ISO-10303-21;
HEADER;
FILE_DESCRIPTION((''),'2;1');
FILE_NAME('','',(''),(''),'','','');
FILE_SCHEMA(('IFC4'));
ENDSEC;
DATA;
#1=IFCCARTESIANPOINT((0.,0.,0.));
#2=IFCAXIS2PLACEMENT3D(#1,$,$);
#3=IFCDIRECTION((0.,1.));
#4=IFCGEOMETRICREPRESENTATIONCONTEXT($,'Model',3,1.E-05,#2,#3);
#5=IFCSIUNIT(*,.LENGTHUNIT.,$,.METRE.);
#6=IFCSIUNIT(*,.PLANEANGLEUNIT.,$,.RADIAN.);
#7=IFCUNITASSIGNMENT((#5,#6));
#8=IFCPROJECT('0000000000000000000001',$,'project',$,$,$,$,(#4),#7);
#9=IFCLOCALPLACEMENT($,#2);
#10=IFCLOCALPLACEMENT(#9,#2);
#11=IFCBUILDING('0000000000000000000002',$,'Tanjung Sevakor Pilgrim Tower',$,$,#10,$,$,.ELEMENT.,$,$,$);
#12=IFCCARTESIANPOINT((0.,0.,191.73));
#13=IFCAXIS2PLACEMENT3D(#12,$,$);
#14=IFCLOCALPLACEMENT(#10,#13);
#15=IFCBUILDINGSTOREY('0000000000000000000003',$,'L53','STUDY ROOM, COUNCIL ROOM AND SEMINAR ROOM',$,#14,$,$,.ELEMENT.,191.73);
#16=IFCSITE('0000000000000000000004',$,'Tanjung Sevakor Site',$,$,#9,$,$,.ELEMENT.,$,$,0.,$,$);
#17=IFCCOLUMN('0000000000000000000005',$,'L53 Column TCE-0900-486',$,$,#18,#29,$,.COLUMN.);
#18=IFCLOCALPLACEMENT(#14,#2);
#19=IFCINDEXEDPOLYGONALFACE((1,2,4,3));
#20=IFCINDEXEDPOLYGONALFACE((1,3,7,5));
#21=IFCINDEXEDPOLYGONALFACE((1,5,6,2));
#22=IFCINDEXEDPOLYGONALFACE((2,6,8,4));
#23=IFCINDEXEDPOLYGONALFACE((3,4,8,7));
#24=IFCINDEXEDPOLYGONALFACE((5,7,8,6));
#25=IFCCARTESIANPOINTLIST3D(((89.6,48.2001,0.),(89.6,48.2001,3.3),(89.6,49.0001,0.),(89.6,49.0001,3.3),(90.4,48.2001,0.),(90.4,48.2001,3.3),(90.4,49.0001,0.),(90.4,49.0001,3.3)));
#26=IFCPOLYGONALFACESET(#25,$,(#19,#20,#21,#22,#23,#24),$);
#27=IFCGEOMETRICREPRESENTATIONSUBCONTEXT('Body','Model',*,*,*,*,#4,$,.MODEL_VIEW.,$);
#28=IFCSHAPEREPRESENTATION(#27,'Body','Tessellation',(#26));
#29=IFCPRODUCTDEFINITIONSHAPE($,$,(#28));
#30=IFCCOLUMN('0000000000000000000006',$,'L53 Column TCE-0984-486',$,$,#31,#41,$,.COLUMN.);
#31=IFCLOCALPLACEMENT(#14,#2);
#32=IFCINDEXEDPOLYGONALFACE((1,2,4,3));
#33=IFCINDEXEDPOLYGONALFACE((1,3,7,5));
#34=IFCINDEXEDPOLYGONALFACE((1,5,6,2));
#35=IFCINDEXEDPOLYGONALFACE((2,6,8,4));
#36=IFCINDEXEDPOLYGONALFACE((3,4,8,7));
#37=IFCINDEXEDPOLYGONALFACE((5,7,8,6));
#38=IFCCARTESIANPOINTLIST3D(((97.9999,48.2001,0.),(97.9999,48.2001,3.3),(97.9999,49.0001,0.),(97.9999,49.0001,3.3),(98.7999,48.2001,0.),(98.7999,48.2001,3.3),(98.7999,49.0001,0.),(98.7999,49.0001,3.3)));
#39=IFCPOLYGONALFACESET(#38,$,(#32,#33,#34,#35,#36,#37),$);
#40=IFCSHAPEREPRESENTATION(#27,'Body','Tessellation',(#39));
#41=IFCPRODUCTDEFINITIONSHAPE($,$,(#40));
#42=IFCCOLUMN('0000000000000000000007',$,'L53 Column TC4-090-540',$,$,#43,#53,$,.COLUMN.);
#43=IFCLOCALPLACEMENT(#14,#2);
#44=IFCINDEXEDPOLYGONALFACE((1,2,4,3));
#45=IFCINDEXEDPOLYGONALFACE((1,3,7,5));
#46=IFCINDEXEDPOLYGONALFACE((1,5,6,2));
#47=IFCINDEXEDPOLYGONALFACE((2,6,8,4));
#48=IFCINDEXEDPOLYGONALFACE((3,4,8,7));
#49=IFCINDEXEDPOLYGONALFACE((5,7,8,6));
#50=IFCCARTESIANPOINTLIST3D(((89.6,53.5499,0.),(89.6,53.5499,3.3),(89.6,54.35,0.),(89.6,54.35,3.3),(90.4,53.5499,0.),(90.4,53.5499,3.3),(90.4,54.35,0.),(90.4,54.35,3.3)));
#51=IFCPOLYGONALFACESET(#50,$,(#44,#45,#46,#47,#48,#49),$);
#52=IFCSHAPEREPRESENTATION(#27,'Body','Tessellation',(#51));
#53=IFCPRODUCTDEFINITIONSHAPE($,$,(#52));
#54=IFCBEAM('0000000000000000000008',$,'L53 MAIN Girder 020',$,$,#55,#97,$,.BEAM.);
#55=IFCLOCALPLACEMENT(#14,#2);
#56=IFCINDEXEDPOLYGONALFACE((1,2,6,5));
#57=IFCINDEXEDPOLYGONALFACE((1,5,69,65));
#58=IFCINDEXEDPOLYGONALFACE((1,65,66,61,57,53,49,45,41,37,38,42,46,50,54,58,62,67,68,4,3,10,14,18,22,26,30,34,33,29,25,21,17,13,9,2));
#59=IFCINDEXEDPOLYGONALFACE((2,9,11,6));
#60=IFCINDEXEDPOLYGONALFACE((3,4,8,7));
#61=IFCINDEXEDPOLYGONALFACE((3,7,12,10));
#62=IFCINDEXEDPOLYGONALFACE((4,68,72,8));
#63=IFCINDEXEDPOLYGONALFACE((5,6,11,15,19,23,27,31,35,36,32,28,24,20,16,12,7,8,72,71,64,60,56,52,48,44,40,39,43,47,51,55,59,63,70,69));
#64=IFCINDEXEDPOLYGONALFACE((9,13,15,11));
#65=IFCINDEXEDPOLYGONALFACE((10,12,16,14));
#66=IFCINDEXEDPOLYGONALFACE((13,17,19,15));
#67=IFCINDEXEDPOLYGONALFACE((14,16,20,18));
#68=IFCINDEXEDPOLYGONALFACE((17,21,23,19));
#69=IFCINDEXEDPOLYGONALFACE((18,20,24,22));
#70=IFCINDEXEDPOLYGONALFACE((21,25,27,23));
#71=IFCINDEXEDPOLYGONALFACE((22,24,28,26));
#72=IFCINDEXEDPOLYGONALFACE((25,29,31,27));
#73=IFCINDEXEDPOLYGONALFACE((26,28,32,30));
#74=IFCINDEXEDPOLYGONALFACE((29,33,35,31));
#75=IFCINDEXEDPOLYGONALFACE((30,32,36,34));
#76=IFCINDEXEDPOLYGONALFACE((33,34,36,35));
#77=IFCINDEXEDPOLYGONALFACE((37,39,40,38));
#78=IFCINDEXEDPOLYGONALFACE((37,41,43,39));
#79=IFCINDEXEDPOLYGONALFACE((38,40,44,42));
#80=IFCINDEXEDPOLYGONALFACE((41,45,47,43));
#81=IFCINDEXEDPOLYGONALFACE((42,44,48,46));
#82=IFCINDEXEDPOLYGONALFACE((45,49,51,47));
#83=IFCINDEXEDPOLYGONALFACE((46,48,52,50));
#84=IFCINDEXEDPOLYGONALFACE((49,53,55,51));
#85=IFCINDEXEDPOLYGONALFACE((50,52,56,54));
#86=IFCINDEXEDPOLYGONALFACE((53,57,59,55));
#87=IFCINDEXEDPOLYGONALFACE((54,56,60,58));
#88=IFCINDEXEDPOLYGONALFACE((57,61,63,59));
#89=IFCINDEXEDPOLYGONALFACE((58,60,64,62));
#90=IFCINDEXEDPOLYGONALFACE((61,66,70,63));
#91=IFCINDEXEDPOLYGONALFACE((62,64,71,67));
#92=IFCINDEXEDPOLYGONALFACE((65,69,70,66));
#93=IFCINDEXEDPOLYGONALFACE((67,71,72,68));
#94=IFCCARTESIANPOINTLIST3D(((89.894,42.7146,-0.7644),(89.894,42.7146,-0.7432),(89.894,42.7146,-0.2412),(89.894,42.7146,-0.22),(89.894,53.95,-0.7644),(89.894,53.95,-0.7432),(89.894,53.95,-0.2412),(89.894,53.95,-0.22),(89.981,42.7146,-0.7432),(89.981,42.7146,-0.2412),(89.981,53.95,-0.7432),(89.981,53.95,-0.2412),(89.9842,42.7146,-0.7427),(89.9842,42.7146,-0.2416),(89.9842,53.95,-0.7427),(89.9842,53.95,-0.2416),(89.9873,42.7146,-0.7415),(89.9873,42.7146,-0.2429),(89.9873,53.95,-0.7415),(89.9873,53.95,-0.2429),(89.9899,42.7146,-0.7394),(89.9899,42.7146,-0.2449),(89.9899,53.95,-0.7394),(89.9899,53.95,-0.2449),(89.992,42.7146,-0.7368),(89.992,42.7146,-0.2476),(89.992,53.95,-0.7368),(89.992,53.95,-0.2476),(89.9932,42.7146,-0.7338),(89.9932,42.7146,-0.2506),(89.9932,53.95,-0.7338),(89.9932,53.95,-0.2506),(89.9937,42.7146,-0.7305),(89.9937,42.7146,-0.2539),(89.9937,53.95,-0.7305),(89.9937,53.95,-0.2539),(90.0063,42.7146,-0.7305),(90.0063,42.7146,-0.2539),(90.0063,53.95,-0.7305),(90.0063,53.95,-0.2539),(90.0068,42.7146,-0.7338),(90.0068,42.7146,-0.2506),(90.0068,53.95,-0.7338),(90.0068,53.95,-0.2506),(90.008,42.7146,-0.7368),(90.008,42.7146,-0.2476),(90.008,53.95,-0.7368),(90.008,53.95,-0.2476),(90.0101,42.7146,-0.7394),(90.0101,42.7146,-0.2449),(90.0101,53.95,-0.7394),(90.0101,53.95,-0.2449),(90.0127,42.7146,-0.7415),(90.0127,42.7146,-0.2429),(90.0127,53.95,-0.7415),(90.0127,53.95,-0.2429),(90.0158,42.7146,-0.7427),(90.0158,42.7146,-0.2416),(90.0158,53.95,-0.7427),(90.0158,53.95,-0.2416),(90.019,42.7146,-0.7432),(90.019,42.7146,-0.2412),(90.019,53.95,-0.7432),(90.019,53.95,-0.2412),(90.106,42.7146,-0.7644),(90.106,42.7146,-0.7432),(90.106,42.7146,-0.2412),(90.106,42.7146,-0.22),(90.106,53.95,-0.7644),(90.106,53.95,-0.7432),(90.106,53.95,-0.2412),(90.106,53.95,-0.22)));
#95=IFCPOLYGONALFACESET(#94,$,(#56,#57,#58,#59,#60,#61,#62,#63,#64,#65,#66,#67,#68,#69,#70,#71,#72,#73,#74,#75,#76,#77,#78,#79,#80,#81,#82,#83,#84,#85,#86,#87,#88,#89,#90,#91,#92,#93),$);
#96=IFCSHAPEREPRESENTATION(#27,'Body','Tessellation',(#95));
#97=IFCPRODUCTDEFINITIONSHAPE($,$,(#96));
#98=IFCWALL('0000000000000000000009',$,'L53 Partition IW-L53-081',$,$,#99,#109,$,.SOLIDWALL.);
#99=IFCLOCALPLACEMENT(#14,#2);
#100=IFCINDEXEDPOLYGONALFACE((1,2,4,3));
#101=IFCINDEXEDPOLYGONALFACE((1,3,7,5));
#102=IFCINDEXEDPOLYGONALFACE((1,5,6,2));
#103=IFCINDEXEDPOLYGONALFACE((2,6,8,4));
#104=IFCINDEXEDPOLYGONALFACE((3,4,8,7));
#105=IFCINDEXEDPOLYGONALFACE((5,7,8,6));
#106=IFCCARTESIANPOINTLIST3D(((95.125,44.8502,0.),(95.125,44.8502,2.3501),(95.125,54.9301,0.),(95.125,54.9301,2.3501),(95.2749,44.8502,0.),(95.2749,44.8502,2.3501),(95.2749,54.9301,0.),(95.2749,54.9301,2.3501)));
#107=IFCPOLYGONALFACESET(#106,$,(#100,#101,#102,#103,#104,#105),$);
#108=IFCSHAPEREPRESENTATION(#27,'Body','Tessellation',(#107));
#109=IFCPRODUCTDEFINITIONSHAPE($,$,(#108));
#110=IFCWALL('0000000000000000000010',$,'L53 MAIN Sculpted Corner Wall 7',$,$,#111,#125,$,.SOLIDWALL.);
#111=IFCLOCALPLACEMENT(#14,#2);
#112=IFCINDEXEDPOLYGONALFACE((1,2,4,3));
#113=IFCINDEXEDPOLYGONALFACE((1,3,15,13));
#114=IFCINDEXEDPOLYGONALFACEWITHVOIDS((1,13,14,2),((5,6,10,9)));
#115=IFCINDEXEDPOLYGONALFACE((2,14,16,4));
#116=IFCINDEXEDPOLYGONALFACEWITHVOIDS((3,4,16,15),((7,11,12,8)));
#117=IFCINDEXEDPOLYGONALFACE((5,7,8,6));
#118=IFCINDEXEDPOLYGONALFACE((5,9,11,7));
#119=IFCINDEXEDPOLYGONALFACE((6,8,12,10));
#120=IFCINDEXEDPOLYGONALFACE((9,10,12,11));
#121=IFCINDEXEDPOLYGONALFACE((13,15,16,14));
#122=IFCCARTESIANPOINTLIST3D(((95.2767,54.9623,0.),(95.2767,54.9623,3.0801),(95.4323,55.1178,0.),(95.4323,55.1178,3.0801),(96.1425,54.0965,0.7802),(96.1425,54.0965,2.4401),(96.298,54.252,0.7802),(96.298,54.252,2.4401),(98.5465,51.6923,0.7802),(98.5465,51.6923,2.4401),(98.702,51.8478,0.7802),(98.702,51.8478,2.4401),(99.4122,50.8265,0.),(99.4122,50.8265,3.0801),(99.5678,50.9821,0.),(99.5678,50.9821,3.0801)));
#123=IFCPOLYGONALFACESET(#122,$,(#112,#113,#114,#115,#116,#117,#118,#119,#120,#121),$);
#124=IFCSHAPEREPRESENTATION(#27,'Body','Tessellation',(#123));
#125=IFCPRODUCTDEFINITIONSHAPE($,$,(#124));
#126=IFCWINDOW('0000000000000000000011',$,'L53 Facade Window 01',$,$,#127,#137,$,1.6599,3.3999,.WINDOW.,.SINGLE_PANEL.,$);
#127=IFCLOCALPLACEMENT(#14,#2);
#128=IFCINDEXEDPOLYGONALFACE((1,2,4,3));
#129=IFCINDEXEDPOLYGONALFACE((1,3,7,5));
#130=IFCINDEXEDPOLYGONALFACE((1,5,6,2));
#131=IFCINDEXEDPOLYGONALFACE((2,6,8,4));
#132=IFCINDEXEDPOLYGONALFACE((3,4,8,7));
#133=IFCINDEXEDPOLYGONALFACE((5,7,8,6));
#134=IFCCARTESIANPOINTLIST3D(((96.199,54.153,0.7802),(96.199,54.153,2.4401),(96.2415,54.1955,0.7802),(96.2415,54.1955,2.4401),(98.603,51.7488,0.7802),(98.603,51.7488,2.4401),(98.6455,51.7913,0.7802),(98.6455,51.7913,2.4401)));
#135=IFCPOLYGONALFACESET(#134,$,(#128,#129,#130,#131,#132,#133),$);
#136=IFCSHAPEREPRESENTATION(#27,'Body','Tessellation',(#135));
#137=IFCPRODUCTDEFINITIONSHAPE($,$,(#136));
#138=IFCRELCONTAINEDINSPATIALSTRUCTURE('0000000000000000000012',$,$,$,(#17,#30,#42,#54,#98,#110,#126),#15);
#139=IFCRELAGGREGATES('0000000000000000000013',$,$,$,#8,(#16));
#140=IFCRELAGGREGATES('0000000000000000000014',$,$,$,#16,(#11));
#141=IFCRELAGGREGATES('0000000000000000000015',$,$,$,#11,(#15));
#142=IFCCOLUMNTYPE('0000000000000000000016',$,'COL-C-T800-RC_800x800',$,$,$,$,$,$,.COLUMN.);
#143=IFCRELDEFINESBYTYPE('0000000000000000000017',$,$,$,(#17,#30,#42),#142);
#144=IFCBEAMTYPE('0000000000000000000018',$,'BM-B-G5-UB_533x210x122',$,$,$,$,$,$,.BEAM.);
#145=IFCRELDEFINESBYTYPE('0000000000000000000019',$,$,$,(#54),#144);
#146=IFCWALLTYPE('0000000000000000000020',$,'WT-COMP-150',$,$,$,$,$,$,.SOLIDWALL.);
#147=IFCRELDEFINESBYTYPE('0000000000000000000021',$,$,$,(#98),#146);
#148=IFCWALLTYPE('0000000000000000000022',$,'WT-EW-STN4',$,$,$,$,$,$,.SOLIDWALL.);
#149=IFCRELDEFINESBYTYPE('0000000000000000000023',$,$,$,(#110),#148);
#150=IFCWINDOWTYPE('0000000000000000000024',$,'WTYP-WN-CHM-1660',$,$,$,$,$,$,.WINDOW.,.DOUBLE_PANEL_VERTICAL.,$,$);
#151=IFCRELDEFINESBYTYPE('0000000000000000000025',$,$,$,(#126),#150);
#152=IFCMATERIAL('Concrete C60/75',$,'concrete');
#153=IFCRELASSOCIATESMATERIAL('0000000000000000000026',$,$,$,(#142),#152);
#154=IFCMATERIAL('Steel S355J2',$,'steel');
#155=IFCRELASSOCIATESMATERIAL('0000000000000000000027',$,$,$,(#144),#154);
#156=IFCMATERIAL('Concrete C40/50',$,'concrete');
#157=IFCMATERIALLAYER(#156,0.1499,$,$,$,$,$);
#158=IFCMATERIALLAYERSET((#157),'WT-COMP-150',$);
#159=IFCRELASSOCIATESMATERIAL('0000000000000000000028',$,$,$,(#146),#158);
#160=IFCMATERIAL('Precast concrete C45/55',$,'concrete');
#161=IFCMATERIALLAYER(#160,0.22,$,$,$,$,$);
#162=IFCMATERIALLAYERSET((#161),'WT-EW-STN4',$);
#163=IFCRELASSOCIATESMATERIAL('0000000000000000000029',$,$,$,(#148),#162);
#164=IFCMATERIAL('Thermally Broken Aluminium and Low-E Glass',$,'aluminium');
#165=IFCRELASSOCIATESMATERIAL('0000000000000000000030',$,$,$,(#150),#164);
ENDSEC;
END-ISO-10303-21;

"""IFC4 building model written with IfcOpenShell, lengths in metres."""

from ifc_helpers import new_model, si_unit, direction, frame, frame_2d, origin, origin_2d, place, context, subcontext, project, spatial, rectangle, i_section, extrude, material, layer, layer_set, material_profile, profile_set, type_object, element, fill, save


model = new_model("IFC4")

# Units and contexts
model_context = context("Model", 3, precision=1e-05, world=origin(), true_north=direction((0.0, 1.0)))
body_context = subcontext(model_context, "Body", "Model", "MODEL_VIEW")
ifc_project = project(units=[si_unit("LENGTHUNIT", "METRE"), si_unit("PLANEANGLEUNIT", "RADIAN")], contexts=[model_context])

# Site, building, storey
site_placement = place(None, origin())
site = spatial("IfcSite", under=ifc_project, at=site_placement, Name="Tanjung Sevakor Site", CompositionType="ELEMENT", RefElevation=0.0)
building_placement = place(site_placement, origin())
building = spatial("IfcBuilding", under=site, at=building_placement, Name="Tanjung Sevakor Pilgrim Tower", CompositionType="ELEMENT")
storey_placement = place(building_placement, frame((0.0, 0.0, 191.73)))
storey = spatial("IfcBuildingStorey", under=building, at=storey_placement, Name="L53", Description="STUDY ROOM, COUNCIL ROOM AND SEMINAR ROOM", CompositionType="ELEMENT", Elevation=191.73)

# Columns
ifc_material_1 = material(Name="Concrete C60/75", Category="concrete")
ifc_material_profile_1 = material_profile(ifc_material_1, rectangle(XDim=0.8, YDim=0.8, at=origin_2d()))
ifc_profile_set_1 = profile_set([ifc_material_profile_1], Name="Concrete C60/75")
column_type = type_object("IfcColumnType", Name="COL-C-T800-RC_800x800", PredefinedType="COLUMN", material=ifc_profile_set_1)
for number, where, z_axis, x_axis, name in (
    (1, (90.0, 48.6001, 0.0), (0.0, 0.0, 1.0), (1.0, 0.0, 0.0), "L53 Column TCE-0900-486"),
    (2, (98.3999, 48.6001, 0.0), (0.0, 0.0, 1.0), (1.0, 0.0, 0.0), "L53 Column TCE-0984-486"),
    (3, (90.0, 53.95, 0.0), (0.0, 0.0, 1.0), (1.0, 0.0, 0.0), "L53 Column TC4-090-540"),
):
    element("IfcColumn", number, at=place(storey_placement, frame(where, z_axis=z_axis, x_axis=x_axis)), inside=storey, type_object=column_type, Name=name, PredefinedType="COLUMN", context=body_context, shape_type="SweptSolid", body=[
        extrude(rectangle(XDim=0.8, YDim=0.8, at=origin_2d()), origin(), (0.0, 0.0, 1.0), 3.3),
    ])

# Beam
ifc_material_2 = material(Name="Steel S355J2", Category="steel")
ifc_material_profile_2 = material_profile(ifc_material_2, i_section(OverallWidth=0.2119, OverallDepth=0.5444, WebThickness=0.0127, FlangeThickness=0.0212, FilletRadius=0.0127, at=origin_2d()))
ifc_profile_set_2 = profile_set([ifc_material_profile_2], Name="Steel S355J2")
beam_type = type_object("IfcBeamType", Name="BM-B-G5-UB_533x210x122", PredefinedType="BEAM", material=ifc_profile_set_2)
beam_placement = place(storey_placement, frame((90.0, 42.7146, -0.4922), z_axis=(0.0, 1.0, 0.0), x_axis=(-1.0, 0.0, 0.0)))
element("IfcBeam", 4, at=beam_placement, inside=storey, type_object=beam_type, Name="L53 MAIN Girder 020", PredefinedType="BEAM", context=body_context, shape_type="SweptSolid", body=[
    extrude(i_section(OverallWidth=0.2119, OverallDepth=0.5444, WebThickness=0.0127, FlangeThickness=0.0212, FilletRadius=0.0127, at=origin_2d()), origin(), (0.0, 0.0, 1.0), 11.2354),
])

# Wall
ifc_material_3 = material(Name="Concrete C40/50", Category="concrete")
ifc_layer_1 = layer(ifc_material_3, 0.1499)
ifc_layer_set_1 = layer_set([ifc_layer_1], Name="WT-COMP-150")
wall_type_1 = type_object("IfcWallType", Name="WT-COMP-150", PredefinedType="SOLIDWALL", material=ifc_layer_set_1)
wall_1_placement = place(storey_placement, frame((95.2, 44.8501, 0.0), z_axis=(0.0, 0.0, 1.0), x_axis=(0.0, 1.0, 0.0)))
element("IfcWall", 5, at=wall_1_placement, inside=storey, type_object=wall_type_1, Name="L53 Partition IW-L53-081", PredefinedType="SOLIDWALL", context=body_context, shape_type="SweptSolid", body=[
    extrude(rectangle(XDim=10.0798, YDim=0.1499, at=frame_2d((5.04, 0.0))), origin(), (0.0, 0.0, 1.0), 2.3501),
])

# Wall, opening, window
ifc_material_4 = material(Name="Precast concrete C45/55", Category="concrete")
ifc_layer_2 = layer(ifc_material_4, 0.22)
ifc_layer_set_2 = layer_set([ifc_layer_2], Name="WT-EW-STN4")
wall_type_2 = type_object("IfcWallType", Name="WT-EW-STN4", PredefinedType="SOLIDWALL", material=ifc_layer_set_2)
wall_2_placement = place(storey_placement, frame((99.49, 50.9043, 0.0), z_axis=(0.0, 0.0, 1.0), x_axis=(-0.707086, 0.707128, 0.0)))
wall_2 = element("IfcWall", 6, at=wall_2_placement, inside=storey, type_object=wall_type_2, Name="L53 MAIN Sculpted Corner Wall 7", PredefinedType="SOLIDWALL", context=body_context, shape_type="SweptSolid", body=[
    extrude(rectangle(XDim=5.8486, YDim=0.22, at=frame_2d((2.9243, 0.0))), origin(), (0.0, 0.0, 1.0), 3.0801),
])
opening_1_placement = place(wall_2_placement, frame((1.2244, 0.0, 0.78)))
opening_1 = element("IfcOpeningElement", 7, at=opening_1_placement, cuts=wall_2, PredefinedType="OPENING", context=body_context, shape_type="SweptSolid", body=[
    extrude(rectangle(XDim=3.3999, YDim=1.6599, at=frame_2d((1.7, 0.8301))), frame((0.0, 0.1199, 0.0), z_axis=(0.0, -1.0, 0.0), x_axis=(1.0, 0.0, 0.0)), (0.0, 0.0, 1.0), 0.24),
])
ifc_material_5 = material(Name="Thermally Broken Aluminium and Low-E Glass", Category="aluminium")
window_type_1 = type_object("IfcWindowType", Name="WTYP-WN-CHM-1660", PartitioningType="DOUBLE_PANEL_VERTICAL", PredefinedType="WINDOW", material=ifc_material_5)
window_1_placement = place(opening_1_placement, origin())
window_1 = element("IfcWindow", 8, at=window_1_placement, inside=storey, type_object=window_type_1, Name="L53 Facade Window 01", OverallHeight=1.6599, OverallWidth=3.3999, PartitioningType="SINGLE_PANEL", PredefinedType="WINDOW", context=body_context, shape_type="SweptSolid", body=[
    extrude(rectangle(XDim=3.3999, YDim=1.6599, at=frame_2d((1.7, 0.8301))), frame((0.0, 0.03, 0.0), z_axis=(0.0, -1.0, 0.0), x_axis=(1.0, 0.0, 0.0)), (0.0, 0.0, 1.0), 0.0601),
])
fill(opening_1, window_1)

save(model, "model.ifc")
